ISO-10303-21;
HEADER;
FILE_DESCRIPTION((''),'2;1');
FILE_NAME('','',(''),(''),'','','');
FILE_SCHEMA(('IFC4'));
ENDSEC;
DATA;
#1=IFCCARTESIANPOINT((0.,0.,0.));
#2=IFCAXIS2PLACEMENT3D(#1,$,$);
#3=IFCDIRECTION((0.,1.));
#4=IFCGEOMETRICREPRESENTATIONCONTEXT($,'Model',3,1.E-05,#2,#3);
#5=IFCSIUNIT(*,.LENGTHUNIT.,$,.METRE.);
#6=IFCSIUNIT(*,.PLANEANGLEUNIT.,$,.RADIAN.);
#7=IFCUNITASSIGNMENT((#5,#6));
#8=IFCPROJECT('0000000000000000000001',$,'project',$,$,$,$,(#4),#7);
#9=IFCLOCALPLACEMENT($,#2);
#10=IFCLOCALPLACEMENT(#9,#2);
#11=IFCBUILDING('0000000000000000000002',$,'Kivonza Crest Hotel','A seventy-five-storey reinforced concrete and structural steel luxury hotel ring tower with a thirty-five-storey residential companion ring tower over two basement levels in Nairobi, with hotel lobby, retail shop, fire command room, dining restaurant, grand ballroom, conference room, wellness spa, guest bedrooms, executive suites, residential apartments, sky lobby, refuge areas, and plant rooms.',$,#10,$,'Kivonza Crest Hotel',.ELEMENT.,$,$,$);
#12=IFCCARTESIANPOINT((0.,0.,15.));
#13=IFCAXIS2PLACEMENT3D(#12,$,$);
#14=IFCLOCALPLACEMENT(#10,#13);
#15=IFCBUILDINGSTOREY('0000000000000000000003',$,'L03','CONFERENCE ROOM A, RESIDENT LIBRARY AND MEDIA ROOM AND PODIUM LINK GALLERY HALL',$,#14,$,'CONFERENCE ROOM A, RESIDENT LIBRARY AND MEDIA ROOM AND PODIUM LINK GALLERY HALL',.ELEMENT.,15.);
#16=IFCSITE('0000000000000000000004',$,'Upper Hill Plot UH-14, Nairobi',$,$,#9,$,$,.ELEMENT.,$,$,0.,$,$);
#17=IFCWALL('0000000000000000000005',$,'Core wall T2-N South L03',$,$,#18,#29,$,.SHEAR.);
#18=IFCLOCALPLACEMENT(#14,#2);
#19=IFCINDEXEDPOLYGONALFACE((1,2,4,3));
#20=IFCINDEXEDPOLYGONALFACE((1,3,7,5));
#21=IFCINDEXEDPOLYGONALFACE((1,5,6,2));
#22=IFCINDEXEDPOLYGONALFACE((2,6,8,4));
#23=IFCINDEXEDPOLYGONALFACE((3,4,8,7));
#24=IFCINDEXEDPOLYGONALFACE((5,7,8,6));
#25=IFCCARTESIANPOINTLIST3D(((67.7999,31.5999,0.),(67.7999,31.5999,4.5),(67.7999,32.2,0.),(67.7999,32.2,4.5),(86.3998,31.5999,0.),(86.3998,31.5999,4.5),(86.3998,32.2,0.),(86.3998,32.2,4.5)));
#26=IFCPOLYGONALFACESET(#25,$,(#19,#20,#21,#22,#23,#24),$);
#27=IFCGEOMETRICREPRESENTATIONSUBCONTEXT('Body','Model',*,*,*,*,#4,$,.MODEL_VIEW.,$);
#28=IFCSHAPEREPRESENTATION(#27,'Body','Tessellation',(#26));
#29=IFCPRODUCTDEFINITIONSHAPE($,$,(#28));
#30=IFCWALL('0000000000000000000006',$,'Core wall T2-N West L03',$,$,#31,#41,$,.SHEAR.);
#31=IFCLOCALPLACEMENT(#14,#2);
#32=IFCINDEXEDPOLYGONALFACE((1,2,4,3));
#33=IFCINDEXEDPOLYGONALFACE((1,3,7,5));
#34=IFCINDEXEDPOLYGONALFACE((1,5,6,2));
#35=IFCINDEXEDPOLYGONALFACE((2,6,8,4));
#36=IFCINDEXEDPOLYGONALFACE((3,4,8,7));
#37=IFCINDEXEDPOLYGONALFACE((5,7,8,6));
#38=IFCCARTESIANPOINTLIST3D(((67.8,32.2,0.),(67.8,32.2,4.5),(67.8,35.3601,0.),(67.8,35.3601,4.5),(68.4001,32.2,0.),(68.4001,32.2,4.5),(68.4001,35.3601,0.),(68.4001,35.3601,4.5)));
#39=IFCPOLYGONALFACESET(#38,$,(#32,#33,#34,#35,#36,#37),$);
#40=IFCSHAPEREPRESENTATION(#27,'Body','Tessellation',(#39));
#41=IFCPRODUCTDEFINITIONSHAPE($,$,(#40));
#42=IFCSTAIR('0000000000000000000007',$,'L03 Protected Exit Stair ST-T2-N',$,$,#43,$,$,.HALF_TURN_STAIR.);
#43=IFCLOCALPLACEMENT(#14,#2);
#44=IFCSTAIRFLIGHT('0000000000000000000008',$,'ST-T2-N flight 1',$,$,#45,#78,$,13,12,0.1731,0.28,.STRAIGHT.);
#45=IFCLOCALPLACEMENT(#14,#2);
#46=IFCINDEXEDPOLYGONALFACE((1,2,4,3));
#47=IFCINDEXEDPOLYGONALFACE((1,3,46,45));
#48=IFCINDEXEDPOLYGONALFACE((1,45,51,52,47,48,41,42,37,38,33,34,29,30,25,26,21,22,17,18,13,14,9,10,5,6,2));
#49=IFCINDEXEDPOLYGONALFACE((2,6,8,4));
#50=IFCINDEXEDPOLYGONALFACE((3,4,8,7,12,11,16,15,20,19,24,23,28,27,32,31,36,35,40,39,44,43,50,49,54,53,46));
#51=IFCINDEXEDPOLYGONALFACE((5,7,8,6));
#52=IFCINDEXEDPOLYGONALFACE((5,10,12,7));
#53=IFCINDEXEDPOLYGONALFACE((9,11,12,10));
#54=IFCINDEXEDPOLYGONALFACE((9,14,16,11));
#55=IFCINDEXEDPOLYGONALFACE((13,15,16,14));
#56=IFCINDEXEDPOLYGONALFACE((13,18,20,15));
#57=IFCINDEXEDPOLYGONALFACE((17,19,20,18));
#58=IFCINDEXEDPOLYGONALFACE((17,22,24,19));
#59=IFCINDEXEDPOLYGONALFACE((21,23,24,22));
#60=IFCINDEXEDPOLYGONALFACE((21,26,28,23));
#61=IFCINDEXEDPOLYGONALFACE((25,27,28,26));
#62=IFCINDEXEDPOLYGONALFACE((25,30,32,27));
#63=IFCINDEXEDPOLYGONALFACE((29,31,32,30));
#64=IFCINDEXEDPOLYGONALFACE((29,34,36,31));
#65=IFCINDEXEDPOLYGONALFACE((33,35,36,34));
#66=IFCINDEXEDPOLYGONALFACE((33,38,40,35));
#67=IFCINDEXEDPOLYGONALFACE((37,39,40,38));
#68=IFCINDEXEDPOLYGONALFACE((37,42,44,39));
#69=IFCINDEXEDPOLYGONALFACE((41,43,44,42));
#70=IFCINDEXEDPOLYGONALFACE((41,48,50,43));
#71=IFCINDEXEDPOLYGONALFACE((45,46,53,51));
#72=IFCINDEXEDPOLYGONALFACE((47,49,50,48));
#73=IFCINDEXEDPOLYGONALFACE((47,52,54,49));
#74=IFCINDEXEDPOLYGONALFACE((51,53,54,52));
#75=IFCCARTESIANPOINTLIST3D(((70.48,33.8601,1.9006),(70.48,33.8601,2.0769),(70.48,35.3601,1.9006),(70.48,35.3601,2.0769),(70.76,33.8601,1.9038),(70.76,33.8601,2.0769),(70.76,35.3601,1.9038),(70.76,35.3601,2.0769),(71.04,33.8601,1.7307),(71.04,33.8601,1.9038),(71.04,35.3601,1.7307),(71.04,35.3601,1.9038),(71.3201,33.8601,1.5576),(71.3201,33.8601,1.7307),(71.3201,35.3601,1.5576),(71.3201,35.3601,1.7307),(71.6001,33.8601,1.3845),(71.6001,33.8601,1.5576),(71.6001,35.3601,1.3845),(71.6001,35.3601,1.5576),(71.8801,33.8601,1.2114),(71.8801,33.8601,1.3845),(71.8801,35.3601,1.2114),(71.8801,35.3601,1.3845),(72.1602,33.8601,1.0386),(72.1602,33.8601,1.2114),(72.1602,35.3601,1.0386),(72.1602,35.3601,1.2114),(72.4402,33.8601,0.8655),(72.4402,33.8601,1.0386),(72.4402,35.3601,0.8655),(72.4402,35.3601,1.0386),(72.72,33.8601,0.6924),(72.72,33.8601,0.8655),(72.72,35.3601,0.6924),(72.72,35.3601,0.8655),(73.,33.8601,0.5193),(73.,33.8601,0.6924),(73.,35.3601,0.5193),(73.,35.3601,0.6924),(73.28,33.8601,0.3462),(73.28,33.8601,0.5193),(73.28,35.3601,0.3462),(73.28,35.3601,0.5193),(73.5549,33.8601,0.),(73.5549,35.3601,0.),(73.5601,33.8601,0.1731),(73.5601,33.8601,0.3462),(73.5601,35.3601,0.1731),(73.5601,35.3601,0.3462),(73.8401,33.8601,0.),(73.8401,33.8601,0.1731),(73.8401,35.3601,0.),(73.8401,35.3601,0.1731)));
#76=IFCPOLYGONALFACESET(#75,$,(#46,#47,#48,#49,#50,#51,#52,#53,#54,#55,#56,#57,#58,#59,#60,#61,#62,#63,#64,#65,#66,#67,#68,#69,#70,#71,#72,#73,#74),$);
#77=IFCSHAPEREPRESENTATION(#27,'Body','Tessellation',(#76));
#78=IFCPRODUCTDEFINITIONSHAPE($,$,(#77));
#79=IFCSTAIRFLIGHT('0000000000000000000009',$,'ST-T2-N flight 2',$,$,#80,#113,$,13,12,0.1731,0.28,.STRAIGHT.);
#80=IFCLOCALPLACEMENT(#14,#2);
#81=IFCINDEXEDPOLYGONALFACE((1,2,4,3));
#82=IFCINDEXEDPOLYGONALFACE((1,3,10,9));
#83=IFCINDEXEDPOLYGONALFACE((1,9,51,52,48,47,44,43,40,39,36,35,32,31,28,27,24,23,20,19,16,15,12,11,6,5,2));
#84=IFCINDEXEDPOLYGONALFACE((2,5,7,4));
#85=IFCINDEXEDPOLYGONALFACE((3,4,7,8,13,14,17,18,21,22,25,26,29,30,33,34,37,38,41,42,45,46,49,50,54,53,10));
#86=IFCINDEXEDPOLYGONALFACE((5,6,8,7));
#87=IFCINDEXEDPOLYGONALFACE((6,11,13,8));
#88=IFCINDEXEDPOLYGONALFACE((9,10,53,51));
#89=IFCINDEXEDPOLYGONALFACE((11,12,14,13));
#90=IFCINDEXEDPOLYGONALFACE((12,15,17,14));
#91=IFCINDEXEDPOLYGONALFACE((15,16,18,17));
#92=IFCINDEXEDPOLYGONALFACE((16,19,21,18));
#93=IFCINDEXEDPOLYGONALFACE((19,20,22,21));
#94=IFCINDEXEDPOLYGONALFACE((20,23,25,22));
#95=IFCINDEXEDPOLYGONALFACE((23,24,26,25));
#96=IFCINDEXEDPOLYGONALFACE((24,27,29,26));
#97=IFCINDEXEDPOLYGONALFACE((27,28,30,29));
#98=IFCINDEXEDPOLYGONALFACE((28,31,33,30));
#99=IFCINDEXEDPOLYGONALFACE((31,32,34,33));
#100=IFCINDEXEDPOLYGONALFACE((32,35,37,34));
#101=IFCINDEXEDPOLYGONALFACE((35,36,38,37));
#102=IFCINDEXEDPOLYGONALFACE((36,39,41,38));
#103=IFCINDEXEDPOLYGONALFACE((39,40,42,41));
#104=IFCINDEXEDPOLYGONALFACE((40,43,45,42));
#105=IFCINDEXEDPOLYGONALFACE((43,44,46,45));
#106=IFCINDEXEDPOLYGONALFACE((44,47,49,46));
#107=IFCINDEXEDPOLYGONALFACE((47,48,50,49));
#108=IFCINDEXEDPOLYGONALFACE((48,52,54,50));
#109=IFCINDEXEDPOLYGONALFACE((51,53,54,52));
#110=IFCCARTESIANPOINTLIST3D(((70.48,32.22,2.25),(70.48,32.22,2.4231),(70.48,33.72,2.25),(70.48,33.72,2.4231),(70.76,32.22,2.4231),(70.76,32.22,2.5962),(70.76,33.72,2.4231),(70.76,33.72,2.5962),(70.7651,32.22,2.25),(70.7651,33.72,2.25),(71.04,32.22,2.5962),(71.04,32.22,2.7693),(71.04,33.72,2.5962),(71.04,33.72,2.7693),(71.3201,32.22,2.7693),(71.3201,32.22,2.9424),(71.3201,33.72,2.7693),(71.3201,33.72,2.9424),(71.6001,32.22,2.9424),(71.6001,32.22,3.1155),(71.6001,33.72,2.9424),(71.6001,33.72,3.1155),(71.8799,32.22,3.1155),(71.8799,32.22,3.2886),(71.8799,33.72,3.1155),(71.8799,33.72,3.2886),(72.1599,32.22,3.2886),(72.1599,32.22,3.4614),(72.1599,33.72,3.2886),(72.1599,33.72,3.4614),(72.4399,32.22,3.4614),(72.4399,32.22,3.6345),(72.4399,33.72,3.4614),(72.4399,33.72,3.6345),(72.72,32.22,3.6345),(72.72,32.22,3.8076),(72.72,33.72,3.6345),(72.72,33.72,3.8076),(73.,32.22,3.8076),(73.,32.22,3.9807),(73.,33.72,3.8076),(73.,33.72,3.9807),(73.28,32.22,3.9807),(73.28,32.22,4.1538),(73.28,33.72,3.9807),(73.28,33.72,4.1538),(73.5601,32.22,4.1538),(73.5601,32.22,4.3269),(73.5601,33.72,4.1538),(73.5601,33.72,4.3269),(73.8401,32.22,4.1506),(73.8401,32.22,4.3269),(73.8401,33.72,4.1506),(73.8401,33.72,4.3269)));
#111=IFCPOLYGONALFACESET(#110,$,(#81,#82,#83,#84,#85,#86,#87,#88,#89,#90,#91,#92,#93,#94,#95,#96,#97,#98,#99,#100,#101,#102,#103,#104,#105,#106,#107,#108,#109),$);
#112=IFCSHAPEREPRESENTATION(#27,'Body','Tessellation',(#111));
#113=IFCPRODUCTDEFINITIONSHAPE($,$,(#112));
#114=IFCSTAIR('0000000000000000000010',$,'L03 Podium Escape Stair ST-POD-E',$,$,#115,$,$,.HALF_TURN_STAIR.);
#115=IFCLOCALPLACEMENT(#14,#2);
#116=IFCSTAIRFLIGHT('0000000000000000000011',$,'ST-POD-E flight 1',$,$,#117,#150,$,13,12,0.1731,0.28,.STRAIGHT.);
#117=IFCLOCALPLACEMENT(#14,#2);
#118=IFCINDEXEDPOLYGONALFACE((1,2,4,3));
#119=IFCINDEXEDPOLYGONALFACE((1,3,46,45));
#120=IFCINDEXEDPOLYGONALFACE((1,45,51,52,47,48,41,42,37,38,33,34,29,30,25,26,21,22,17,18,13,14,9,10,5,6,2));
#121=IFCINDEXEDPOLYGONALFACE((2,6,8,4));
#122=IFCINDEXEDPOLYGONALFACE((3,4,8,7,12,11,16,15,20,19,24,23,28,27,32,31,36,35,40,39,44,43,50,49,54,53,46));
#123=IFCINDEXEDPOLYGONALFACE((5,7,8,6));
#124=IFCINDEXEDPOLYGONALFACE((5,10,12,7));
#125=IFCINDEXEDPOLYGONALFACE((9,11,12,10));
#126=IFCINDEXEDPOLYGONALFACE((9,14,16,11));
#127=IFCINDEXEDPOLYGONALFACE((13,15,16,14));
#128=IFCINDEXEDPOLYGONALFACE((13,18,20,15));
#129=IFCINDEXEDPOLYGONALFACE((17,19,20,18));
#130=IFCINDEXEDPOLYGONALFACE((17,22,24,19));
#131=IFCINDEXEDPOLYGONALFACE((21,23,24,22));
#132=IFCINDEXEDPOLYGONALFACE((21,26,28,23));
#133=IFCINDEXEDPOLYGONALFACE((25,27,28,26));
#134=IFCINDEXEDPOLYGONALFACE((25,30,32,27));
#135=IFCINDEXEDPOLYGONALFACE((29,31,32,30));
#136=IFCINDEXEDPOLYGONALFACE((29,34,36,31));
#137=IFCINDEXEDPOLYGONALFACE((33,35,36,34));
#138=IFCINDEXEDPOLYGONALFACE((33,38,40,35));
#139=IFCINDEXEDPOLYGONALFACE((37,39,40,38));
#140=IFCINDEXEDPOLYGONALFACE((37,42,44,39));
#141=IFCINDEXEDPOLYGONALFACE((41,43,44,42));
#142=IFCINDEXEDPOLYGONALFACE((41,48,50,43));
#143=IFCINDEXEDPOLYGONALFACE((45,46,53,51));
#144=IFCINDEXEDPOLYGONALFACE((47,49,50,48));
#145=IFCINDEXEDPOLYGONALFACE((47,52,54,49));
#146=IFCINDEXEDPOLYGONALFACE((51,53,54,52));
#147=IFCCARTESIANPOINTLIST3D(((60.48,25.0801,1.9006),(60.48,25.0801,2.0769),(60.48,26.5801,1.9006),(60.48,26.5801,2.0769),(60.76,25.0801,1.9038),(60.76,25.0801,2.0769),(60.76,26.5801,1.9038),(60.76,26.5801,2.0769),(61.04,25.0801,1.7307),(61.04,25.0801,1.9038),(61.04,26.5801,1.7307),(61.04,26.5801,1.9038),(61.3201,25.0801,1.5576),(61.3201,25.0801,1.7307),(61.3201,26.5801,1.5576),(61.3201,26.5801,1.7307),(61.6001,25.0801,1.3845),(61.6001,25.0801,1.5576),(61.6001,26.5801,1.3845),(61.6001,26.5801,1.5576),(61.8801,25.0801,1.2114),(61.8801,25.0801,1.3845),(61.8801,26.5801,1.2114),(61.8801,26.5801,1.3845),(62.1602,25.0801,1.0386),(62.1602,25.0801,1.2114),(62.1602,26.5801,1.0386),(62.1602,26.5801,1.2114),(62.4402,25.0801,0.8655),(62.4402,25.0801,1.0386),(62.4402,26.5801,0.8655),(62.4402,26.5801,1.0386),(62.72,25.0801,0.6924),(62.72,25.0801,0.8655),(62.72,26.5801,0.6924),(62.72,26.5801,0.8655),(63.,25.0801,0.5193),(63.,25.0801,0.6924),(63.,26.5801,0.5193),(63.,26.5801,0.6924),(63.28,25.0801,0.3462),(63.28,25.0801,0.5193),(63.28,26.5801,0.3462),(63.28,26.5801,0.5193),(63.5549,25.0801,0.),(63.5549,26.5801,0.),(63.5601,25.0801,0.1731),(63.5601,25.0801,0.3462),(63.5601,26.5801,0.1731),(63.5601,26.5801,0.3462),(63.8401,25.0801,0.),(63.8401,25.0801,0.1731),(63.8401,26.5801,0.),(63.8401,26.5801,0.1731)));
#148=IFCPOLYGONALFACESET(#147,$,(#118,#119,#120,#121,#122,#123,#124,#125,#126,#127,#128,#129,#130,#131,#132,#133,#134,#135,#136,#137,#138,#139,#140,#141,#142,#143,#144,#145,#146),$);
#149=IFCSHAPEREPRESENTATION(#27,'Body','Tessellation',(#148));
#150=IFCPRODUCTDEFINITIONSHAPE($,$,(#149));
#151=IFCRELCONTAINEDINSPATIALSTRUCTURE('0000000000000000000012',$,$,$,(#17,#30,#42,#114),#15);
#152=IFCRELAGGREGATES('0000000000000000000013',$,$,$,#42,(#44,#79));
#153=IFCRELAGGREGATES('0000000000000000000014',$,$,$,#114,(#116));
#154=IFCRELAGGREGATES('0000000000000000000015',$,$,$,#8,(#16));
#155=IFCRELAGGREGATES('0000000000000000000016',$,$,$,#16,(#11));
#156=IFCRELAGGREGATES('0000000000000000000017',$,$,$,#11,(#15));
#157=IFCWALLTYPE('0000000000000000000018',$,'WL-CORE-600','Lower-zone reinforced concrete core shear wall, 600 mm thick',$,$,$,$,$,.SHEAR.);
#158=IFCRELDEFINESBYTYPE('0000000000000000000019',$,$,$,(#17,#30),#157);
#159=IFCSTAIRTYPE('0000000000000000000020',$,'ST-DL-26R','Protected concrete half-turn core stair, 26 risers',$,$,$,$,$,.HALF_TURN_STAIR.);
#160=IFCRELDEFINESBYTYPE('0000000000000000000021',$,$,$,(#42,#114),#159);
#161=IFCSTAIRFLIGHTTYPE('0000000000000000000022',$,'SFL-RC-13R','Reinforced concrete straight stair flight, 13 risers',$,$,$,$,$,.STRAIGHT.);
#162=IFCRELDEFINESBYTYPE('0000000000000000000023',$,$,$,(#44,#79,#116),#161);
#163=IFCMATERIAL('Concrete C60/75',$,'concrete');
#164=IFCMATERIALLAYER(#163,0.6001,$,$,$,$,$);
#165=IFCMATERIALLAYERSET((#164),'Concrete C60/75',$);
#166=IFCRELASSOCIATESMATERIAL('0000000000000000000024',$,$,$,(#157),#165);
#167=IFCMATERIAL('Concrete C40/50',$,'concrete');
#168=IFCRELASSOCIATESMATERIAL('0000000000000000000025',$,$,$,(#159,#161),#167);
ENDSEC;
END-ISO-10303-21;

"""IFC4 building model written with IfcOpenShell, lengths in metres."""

from ifc_helpers import new_model, si_unit, direction, frame, frame_2d, origin, place, context, subcontext, project, spatial, polyline, rectangle, outline, extrude, material, layer, layer_set, type_object, element, aggregate, save


model = new_model("IFC4")

# Units and contexts
model_context = context("Model", 3, precision=1e-05, world=origin(), true_north=direction((0.0, 1.0)))
body_context = subcontext(model_context, "Body", "Model", "MODEL_VIEW")
ifc_project = project(units=[si_unit("LENGTHUNIT", "METRE"), si_unit("PLANEANGLEUNIT", "RADIAN")], contexts=[model_context])

# Site, building, storey
site_placement = place(None, origin())
site = spatial("IfcSite", under=ifc_project, at=site_placement, Name="Upper Hill Plot UH-14, Nairobi", CompositionType="ELEMENT", RefElevation=0.0)
building_placement = place(site_placement, origin())
building = spatial("IfcBuilding", under=site, at=building_placement, Name="Kivonza Crest Hotel", Description="A seventy-five-storey reinforced concrete and structural steel luxury hotel ring tower with a thirty-five-storey residential companion ring tower over two basement levels in Nairobi, with hotel lobby, retail shop, fire command room, dining restaurant, grand ballroom, conference room, wellness spa, guest bedrooms, executive suites, residential apartments, sky lobby, refuge areas, and plant rooms.", LongName="Kivonza Crest Hotel", CompositionType="ELEMENT")
storey_placement = place(building_placement, frame((0.0, 0.0, 15.0)))
storey = spatial("IfcBuildingStorey", under=building, at=storey_placement, Name="L03", Description="CONFERENCE ROOM A, RESIDENT LIBRARY AND MEDIA ROOM AND PODIUM LINK GALLERY HALL", LongName="CONFERENCE ROOM A, RESIDENT LIBRARY AND MEDIA ROOM AND PODIUM LINK GALLERY HALL", CompositionType="ELEMENT", Elevation=15.0)

# Shared definitions
ifc_material_1 = material(Name="Concrete C60/75", Category="concrete")

# Walls
ifc_layer_1 = layer(ifc_material_1, 0.6001)
ifc_layer_set_1 = layer_set([ifc_layer_1], Name="Concrete C60/75")
wall_type_1 = type_object("IfcWallType", Name="WL-CORE-600", Description="Lower-zone reinforced concrete core shear wall, 600 mm thick", PredefinedType="SHEAR", material=ifc_layer_set_1)
wall_1_placement = place(storey_placement, frame((67.8, 31.8999, 0.0), z_axis=(0.0, 0.0, 1.0), x_axis=(1.0, 0.0, 0.0)))
element("IfcWall", 1, at=wall_1_placement, inside=storey, type_object=wall_type_1, Name="Core wall T2-N South L03", PredefinedType="SHEAR", context=body_context, shape_type="SweptSolid", body=[
    extrude(rectangle(XDim=18.5999, YDim=0.6001, at=frame_2d((9.2998, 0.0))), origin(), (0.0, 0.0, 1.0), 4.5),
])
wall_2_placement = place(storey_placement, frame((68.1001, 32.2, 0.0), z_axis=(0.0, 0.0, 1.0), x_axis=(0.0, 1.0, 0.0)))
element("IfcWall", 2, at=wall_2_placement, inside=storey, type_object=wall_type_1, Name="Core wall T2-N West L03", PredefinedType="SHEAR", context=body_context, shape_type="SweptSolid", body=[
    extrude(rectangle(XDim=3.1602, YDim=0.6001, at=frame_2d((1.5801, 0.0))), origin(), (0.0, 0.0, 1.0), 4.5),
])

# Stair, stair flights
ifc_material_2 = material(Name="Concrete C40/50", Category="concrete")
stair_type = type_object("IfcStairType", Name="ST-DL-26R", Description="Protected concrete half-turn core stair, 26 risers", PredefinedType="HALF_TURN_STAIR", material=ifc_material_2)
stair_1_placement = place(storey_placement, origin())
stair_1 = element("IfcStair", 3, at=stair_1_placement, inside=storey, type_object=stair_type, Name="L03 Protected Exit Stair ST-T2-N", PredefinedType="HALF_TURN_STAIR")
stair_flight_type = type_object("IfcStairFlightType", Name="SFL-RC-13R", Description="Reinforced concrete straight stair flight, 13 risers", PredefinedType="STRAIGHT", material=ifc_material_2)
stair_flight_1_placement = place(storey_placement, frame((73.8401, 34.6101, 0.0), z_axis=(0.0, 0.0, 1.0), x_axis=(-1.0, 0.0, 0.0)))
stair_flight_1 = element("IfcStairFlight", 4, at=stair_flight_1_placement, type_object=stair_flight_type, Name="ST-T2-N flight 1", NumberOfRisers=13, NumberOfTreads=12, PredefinedType="STRAIGHT", RiserHeight=0.1731, TreadLength=0.28, context=body_context, shape_type="SweptSolid", body=[
    extrude(outline(polyline([(0.0, 0.0), (0.0, 0.1731), (0.28, 0.1731), (0.28, 0.3462), (0.5601, 0.3462), (0.5601, 0.5193), (0.8401, 0.5193), (0.8401, 0.6924), (1.1201, 0.6924), (1.1201, 0.8655), (1.3999, 0.8655), (1.3999, 1.0386), (1.6799, 1.0386), (1.6799, 1.2114), (1.96, 1.2114), (1.96, 1.3845), (2.24, 1.3845), (2.24, 1.5576), (2.52, 1.5576), (2.52, 1.7307), (2.8, 1.7307), (2.8, 1.9038), (3.0801, 1.9038), (3.0801, 2.0769), (3.3601, 2.0769), (3.3601, 2.25), (3.3601, 1.9006), (0.2852, 0.0), (0.0, 0.0)])), frame((0.0, 0.75, 0.0), z_axis=(0.0, -1.0, 0.0), x_axis=(1.0, 0.0, 0.0)), (0.0, 0.0, 1.0), 1.5),
])
stair_flight_2_placement = place(storey_placement, frame((70.48, 32.97, 2.25), z_axis=(0.0, 0.0, 1.0), x_axis=(1.0, 0.0, 0.0)))
stair_flight_2 = element("IfcStairFlight", 5, at=stair_flight_2_placement, type_object=stair_flight_type, Name="ST-T2-N flight 2", NumberOfRisers=13, NumberOfTreads=12, PredefinedType="STRAIGHT", RiserHeight=0.1731, TreadLength=0.28, context=body_context, shape_type="SweptSolid", body=[
    extrude(outline(polyline([(0.0, 0.0), (0.0, 0.1731), (0.28, 0.1731), (0.28, 0.3462), (0.5601, 0.3462), (0.5601, 0.5193), (0.8401, 0.5193), (0.8401, 0.6924), (1.1201, 0.6924), (1.1201, 0.8655), (1.3999, 0.8655), (1.3999, 1.0386), (1.6799, 1.0386), (1.6799, 1.2114), (1.96, 1.2114), (1.96, 1.3845), (2.24, 1.3845), (2.24, 1.5576), (2.52, 1.5576), (2.52, 1.7307), (2.8, 1.7307), (2.8, 1.9038), (3.0801, 1.9038), (3.0801, 2.0769), (3.3601, 2.0769), (3.3601, 2.25), (3.3601, 1.9006), (0.2852, 0.0), (0.0, 0.0)])), frame((0.0, 0.75, 0.0), z_axis=(0.0, -1.0, 0.0), x_axis=(1.0, 0.0, 0.0)), (0.0, 0.0, 1.0), 1.5),
])
aggregate(stair_1, [stair_flight_1, stair_flight_2])

# Stair, stair flight
stair_2_placement = place(storey_placement, origin())
stair_2 = element("IfcStair", 6, at=stair_2_placement, inside=storey, type_object=stair_type, Name="L03 Podium Escape Stair ST-POD-E", PredefinedType="HALF_TURN_STAIR")
stair_flight_3_placement = place(storey_placement, frame((63.8401, 25.8301, 0.0), z_axis=(0.0, 0.0, 1.0), x_axis=(-1.0, 0.0, 0.0)))
stair_flight_3 = element("IfcStairFlight", 7, at=stair_flight_3_placement, type_object=stair_flight_type, Name="ST-POD-E flight 1", NumberOfRisers=13, NumberOfTreads=12, PredefinedType="STRAIGHT", RiserHeight=0.1731, TreadLength=0.28, context=body_context, shape_type="SweptSolid", body=[
    extrude(outline(polyline([(0.0, 0.0), (0.0, 0.1731), (0.28, 0.1731), (0.28, 0.3462), (0.5601, 0.3462), (0.5601, 0.5193), (0.8401, 0.5193), (0.8401, 0.6924), (1.1201, 0.6924), (1.1201, 0.8655), (1.3999, 0.8655), (1.3999, 1.0386), (1.6799, 1.0386), (1.6799, 1.2114), (1.96, 1.2114), (1.96, 1.3845), (2.24, 1.3845), (2.24, 1.5576), (2.52, 1.5576), (2.52, 1.7307), (2.8, 1.7307), (2.8, 1.9038), (3.0801, 1.9038), (3.0801, 2.0769), (3.3601, 2.0769), (3.3601, 2.25), (3.3601, 1.9006), (0.2852, 0.0), (0.0, 0.0)])), frame((0.0, 0.75, 0.0), z_axis=(0.0, -1.0, 0.0), x_axis=(1.0, 0.0, 0.0)), (0.0, 0.0, 1.0), 1.5),
])
aggregate(stair_2, [stair_flight_3])

save(model, "model.ifc")
